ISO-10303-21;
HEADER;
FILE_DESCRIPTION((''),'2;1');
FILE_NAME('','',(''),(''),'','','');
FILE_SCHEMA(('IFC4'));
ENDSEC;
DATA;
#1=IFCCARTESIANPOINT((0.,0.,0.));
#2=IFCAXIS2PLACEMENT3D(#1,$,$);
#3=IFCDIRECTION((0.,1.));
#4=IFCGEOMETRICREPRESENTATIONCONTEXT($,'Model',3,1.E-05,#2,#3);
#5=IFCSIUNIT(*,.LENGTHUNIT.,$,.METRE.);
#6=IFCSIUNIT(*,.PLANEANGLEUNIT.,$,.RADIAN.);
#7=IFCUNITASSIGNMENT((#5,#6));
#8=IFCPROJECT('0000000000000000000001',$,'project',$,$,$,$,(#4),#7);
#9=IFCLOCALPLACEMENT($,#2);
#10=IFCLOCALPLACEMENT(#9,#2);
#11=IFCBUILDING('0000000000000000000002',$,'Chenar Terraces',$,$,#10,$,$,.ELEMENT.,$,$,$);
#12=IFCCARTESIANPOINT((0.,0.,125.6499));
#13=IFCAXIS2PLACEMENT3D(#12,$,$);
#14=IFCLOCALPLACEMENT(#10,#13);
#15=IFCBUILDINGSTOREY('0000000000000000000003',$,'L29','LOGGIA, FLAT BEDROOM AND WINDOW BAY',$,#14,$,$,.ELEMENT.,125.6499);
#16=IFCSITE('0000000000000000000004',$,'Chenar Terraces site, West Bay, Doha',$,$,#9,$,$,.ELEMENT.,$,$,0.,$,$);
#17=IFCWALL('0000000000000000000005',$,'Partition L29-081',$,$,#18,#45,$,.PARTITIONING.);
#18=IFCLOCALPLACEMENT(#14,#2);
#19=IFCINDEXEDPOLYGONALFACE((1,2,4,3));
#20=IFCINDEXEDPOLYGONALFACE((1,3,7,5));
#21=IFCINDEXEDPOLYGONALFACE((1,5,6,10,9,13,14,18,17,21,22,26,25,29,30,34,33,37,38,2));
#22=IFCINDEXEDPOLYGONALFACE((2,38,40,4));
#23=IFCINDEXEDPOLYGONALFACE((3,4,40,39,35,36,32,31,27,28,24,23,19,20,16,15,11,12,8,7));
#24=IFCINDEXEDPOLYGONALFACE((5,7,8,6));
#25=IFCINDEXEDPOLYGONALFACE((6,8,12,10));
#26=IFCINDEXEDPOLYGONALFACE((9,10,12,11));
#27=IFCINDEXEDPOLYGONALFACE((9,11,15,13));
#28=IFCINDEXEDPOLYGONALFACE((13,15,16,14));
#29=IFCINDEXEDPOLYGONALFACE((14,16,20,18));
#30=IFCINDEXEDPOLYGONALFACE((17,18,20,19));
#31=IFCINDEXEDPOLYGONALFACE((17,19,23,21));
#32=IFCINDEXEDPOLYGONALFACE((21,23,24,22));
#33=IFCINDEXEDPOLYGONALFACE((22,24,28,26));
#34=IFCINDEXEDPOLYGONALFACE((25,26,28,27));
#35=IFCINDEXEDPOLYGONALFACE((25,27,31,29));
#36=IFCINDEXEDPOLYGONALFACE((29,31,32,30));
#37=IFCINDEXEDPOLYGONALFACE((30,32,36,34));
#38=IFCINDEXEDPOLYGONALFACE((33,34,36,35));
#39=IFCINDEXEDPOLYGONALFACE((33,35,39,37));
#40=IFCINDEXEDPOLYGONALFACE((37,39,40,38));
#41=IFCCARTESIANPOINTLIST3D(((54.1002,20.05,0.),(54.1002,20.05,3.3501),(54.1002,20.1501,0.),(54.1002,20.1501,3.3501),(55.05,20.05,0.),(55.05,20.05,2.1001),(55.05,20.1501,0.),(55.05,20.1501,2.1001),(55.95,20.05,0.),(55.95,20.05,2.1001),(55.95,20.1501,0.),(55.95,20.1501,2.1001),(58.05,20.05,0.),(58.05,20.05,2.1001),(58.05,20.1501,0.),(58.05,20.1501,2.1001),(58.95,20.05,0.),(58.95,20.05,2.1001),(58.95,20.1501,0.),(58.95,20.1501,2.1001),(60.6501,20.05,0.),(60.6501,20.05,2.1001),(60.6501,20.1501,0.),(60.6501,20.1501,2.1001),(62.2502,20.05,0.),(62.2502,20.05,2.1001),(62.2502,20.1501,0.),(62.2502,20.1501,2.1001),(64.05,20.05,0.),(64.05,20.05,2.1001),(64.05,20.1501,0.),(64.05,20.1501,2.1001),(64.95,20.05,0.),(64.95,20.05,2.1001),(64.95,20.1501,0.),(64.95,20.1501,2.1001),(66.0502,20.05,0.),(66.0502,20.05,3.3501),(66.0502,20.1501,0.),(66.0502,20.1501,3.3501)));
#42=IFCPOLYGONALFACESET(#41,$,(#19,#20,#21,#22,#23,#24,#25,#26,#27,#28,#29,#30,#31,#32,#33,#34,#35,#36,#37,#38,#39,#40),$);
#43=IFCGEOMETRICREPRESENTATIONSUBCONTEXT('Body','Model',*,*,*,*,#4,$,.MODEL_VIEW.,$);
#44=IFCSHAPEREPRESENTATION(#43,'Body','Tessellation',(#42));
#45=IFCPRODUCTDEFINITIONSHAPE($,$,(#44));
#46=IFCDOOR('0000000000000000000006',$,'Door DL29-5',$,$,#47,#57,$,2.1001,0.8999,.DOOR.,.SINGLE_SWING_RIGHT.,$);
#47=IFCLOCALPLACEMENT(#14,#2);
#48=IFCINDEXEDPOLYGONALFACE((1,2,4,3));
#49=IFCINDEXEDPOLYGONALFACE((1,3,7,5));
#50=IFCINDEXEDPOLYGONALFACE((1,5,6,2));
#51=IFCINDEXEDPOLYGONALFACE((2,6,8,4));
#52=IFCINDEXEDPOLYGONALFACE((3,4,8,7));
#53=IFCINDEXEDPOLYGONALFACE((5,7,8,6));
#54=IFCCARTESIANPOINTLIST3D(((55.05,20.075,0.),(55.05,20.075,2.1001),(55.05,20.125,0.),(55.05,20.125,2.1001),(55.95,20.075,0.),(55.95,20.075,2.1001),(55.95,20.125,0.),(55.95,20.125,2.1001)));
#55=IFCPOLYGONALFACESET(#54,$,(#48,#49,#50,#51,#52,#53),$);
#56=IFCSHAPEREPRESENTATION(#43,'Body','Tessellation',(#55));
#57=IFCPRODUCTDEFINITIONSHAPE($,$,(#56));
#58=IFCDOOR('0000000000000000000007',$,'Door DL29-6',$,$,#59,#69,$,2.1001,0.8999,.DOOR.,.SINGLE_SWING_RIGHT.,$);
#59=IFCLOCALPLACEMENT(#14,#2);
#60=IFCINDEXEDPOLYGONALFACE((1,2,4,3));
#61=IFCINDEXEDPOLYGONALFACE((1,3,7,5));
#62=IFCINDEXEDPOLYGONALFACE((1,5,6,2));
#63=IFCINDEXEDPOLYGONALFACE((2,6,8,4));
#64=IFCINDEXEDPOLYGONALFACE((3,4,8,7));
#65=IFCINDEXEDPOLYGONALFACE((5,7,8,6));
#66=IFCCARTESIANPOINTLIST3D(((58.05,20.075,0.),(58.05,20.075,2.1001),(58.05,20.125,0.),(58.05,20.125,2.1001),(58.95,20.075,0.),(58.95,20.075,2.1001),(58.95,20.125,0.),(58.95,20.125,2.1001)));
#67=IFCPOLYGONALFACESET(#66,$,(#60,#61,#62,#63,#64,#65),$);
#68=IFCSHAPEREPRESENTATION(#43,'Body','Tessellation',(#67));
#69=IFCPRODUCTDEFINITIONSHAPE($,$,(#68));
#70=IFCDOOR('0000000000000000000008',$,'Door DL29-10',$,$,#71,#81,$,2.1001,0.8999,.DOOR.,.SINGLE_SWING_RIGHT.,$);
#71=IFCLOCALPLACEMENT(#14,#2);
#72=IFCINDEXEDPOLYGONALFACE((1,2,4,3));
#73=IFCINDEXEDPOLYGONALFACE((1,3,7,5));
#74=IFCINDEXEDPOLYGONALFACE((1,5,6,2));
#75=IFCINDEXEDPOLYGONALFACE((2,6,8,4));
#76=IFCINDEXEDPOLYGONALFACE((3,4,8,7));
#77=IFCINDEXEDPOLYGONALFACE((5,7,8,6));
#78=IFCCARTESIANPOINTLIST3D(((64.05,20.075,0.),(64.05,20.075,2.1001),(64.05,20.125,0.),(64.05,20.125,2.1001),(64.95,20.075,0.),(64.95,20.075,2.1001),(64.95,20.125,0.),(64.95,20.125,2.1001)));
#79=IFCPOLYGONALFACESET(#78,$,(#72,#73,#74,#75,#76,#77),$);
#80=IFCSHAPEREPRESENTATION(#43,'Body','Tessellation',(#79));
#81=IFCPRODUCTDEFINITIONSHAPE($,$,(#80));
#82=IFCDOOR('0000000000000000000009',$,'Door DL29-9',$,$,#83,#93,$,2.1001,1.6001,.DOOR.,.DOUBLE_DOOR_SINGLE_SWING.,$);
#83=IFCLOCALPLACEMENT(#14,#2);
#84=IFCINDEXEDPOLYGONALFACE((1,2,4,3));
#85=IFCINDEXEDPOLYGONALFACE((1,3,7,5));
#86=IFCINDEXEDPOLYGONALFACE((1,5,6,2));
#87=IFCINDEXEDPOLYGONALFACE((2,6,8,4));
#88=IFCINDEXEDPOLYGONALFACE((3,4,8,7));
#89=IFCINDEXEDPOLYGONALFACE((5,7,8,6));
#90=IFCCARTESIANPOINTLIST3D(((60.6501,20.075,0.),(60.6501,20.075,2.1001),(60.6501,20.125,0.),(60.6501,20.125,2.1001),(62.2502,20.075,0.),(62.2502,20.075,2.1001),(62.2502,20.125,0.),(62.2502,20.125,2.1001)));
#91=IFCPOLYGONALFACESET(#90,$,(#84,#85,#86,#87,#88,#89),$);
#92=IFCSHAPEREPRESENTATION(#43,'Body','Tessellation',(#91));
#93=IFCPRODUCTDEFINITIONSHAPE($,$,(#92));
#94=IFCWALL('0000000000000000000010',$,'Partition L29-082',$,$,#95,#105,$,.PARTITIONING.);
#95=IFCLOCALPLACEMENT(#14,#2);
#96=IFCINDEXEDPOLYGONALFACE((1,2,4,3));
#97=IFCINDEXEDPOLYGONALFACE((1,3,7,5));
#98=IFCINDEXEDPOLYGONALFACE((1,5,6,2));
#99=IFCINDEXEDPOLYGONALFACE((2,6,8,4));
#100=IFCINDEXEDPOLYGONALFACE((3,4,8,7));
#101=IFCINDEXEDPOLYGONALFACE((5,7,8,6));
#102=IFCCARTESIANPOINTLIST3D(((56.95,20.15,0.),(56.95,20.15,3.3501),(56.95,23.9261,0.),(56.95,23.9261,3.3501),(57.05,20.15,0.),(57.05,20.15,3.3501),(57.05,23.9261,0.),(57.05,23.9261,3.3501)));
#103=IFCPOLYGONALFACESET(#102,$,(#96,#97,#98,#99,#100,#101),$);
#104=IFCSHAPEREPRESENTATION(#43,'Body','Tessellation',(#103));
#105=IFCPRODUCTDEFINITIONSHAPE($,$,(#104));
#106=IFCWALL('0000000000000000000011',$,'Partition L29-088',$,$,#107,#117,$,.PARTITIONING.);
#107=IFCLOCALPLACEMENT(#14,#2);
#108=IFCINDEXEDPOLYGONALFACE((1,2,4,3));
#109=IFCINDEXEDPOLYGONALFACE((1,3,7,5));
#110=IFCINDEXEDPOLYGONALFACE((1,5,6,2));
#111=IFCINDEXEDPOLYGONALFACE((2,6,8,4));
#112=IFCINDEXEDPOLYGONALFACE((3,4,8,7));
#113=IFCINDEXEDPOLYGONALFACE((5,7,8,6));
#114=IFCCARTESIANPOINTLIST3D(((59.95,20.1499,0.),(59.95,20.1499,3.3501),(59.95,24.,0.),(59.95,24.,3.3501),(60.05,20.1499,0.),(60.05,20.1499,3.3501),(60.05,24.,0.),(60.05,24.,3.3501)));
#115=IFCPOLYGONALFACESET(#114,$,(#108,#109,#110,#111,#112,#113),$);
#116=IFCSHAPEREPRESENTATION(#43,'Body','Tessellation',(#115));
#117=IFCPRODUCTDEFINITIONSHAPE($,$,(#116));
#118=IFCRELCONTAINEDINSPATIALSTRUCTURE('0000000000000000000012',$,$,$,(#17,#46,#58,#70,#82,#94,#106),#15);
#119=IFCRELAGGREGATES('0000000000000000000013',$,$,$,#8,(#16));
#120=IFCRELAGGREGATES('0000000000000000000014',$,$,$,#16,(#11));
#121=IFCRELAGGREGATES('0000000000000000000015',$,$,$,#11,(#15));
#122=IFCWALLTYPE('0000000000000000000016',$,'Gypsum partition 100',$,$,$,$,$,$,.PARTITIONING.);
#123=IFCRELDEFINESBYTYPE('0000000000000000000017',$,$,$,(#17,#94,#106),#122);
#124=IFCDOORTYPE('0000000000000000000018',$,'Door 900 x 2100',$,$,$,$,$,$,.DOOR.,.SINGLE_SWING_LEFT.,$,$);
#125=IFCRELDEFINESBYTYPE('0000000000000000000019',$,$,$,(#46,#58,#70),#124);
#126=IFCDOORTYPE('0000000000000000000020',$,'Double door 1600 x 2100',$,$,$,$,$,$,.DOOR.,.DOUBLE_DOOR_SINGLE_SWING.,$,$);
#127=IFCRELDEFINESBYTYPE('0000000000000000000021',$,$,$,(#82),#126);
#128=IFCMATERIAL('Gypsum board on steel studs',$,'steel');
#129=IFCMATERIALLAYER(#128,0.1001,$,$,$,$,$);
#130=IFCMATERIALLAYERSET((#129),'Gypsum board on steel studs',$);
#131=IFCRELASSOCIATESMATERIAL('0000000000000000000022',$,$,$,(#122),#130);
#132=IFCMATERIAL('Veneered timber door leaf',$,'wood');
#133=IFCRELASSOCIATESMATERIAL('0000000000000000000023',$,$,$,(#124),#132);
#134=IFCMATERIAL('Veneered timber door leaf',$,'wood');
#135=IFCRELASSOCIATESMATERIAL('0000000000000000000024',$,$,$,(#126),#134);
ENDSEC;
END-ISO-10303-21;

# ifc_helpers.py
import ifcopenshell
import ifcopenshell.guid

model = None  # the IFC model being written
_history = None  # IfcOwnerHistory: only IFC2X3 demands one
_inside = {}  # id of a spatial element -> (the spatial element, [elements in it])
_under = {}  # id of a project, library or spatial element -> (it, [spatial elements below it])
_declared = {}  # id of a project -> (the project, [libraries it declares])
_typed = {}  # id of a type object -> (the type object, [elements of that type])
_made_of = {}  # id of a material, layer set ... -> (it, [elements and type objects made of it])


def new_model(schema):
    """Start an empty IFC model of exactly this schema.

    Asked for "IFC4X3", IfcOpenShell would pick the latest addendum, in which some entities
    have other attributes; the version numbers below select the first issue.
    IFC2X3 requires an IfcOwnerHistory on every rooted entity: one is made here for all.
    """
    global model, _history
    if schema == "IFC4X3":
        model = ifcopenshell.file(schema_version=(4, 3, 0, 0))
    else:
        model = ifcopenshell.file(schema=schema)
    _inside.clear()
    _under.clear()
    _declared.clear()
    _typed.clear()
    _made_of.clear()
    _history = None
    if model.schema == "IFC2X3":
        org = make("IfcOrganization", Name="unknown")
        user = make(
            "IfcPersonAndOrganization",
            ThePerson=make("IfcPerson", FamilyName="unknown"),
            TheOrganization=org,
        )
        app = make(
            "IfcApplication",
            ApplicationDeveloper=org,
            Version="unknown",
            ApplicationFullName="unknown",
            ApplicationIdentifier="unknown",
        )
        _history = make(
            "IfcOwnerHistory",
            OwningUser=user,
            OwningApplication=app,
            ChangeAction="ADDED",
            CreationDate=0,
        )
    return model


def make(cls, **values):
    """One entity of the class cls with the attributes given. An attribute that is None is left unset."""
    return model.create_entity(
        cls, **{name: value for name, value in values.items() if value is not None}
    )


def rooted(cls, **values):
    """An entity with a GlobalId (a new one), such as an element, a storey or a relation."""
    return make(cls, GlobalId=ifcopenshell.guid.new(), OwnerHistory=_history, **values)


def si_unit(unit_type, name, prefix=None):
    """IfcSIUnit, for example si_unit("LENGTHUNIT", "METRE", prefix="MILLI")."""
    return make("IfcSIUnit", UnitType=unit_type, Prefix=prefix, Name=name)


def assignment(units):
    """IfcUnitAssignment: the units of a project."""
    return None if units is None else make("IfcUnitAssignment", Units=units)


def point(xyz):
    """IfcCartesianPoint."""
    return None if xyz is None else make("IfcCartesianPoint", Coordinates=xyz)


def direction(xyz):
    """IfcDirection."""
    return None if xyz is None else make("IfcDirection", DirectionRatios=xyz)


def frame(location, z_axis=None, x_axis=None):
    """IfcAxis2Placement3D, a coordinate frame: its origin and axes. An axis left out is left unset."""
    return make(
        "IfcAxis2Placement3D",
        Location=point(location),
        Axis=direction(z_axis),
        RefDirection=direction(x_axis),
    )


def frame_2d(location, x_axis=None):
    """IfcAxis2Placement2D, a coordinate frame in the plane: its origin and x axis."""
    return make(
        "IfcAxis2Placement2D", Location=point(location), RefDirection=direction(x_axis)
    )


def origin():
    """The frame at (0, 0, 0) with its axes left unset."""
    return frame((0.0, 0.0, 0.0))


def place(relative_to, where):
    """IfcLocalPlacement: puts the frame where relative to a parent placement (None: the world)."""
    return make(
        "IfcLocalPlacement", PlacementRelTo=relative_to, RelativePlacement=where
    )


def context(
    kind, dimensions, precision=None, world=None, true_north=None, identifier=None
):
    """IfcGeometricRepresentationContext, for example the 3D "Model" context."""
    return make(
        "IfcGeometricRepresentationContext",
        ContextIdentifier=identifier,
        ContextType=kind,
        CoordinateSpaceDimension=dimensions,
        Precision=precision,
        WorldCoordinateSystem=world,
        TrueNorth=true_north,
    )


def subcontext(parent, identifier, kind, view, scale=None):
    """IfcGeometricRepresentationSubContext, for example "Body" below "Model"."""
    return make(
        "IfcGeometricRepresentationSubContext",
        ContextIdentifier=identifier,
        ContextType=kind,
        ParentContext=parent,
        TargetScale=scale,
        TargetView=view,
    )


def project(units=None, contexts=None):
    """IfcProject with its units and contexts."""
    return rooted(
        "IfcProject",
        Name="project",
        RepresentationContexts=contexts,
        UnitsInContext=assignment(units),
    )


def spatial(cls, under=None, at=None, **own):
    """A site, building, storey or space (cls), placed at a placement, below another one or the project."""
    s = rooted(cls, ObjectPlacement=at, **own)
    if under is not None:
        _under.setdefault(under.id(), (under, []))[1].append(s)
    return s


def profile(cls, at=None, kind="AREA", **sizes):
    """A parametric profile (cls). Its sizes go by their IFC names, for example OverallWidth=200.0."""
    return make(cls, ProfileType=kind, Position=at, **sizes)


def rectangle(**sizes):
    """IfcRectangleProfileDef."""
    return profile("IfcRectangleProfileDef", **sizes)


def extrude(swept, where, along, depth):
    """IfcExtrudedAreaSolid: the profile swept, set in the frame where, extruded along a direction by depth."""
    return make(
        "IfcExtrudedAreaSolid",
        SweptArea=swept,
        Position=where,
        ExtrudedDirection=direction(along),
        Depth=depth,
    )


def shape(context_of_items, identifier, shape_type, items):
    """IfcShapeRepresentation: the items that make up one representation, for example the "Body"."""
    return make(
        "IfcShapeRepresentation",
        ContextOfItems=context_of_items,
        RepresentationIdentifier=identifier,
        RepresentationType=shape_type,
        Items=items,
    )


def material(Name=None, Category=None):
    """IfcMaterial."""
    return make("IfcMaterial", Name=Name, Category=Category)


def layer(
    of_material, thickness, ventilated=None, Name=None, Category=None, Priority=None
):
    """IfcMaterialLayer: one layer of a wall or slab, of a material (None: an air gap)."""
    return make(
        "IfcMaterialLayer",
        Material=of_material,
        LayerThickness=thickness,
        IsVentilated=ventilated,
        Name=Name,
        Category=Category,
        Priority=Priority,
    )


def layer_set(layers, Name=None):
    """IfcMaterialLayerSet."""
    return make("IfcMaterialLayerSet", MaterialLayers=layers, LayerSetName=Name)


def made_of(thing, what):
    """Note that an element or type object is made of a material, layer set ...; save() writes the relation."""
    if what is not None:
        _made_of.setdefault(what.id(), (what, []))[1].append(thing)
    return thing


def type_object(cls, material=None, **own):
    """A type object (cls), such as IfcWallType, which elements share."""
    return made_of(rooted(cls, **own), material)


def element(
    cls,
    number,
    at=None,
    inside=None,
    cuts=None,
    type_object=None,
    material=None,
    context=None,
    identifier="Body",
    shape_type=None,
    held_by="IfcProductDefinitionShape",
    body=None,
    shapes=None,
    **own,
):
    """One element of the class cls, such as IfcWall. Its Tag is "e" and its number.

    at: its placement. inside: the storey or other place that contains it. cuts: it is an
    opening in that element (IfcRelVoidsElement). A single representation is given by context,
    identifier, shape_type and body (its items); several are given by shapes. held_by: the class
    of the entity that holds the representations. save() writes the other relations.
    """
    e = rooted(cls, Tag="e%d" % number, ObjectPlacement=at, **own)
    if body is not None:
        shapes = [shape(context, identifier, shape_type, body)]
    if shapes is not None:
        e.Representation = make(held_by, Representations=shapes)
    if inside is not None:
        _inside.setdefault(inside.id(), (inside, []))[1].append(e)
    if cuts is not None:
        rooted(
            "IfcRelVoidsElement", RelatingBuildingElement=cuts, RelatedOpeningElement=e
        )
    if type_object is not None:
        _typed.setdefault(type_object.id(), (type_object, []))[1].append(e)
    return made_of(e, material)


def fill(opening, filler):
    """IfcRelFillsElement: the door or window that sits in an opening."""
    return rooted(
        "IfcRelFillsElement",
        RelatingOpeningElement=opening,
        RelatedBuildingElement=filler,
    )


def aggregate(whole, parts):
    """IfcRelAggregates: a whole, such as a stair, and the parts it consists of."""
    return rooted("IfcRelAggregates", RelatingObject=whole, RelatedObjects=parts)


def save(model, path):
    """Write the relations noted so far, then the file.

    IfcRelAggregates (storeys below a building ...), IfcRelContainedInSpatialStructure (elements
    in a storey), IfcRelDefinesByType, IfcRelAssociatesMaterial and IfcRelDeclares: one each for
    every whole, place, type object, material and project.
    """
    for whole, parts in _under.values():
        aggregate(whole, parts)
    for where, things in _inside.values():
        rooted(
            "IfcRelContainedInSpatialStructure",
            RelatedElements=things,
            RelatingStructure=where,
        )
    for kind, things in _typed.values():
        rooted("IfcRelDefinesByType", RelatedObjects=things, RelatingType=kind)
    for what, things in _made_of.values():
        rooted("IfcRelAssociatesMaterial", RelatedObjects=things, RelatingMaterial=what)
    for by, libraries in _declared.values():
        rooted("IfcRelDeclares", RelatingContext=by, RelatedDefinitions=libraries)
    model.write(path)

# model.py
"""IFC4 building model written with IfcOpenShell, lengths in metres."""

from ifc_helpers import new_model, si_unit, direction, frame, frame_2d, origin, place, context, subcontext, project, spatial, rectangle, extrude, material, layer, layer_set, type_object, element, fill, save


model = new_model("IFC4")

# Units and contexts
model_context = context("Model", 3, precision=1e-05, world=origin(), true_north=direction((0.0, 1.0)))
body_context = subcontext(model_context, "Body", "Model", "MODEL_VIEW")
ifc_project = project(units=[si_unit("LENGTHUNIT", "METRE"), si_unit("PLANEANGLEUNIT", "RADIAN")], contexts=[model_context])

# Site, building, storey
site_placement = place(None, origin())
site = spatial("IfcSite", under=ifc_project, at=site_placement, Name="Chenar Terraces site, West Bay, Doha", CompositionType="ELEMENT", RefElevation=0.0)
building_placement = place(site_placement, origin())
building = spatial("IfcBuilding", under=site, at=building_placement, Name="Chenar Terraces", CompositionType="ELEMENT")
storey_placement = place(building_placement, frame((0.0, 0.0, 125.6499)))
storey = spatial("IfcBuildingStorey", under=building, at=storey_placement, Name="L29", Description="LOGGIA, FLAT BEDROOM AND WINDOW BAY", CompositionType="ELEMENT", Elevation=125.6499)

# Wall, openings, doors
ifc_material_1 = material(Name="Gypsum board on steel studs", Category="steel")
ifc_layer_1 = layer(ifc_material_1, 0.1001)
ifc_layer_set_1 = layer_set([ifc_layer_1], Name="Gypsum board on steel studs")
wall_type_1 = type_object("IfcWallType", Name="Gypsum partition 100", PredefinedType="PARTITIONING", material=ifc_layer_set_1)
wall_1_placement = place(storey_placement, frame((54.1001, 20.1001, 0.0), z_axis=(0.0, 0.0, 1.0), x_axis=(1.0, 0.0, 0.0)))
wall_1 = element("IfcWall", 1, at=wall_1_placement, inside=storey, type_object=wall_type_1, Name="Partition L29-081", PredefinedType="PARTITIONING", context=body_context, shape_type="SweptSolid", body=[
    extrude(rectangle(XDim=11.95, YDim=0.1001, at=frame_2d((5.9751, 0.0))), origin(), (0.0, 0.0, 1.0), 3.3501),
])
opening_1_placement = place(wall_1_placement, frame((0.95, 0.0, 0.0)))
opening_1 = element("IfcOpeningElement", 2, at=opening_1_placement, cuts=wall_1, PredefinedType="OPENING", context=body_context, shape_type="SweptSolid", body=[
    extrude(rectangle(XDim=0.8999, YDim=2.1001, at=frame_2d((0.45, 1.05))), frame((0.0, 0.0601, 0.0), z_axis=(0.0, -1.0, 0.0), x_axis=(1.0, 0.0, 0.0)), (0.0, 0.0, 1.0), 0.1201),
])
opening_2_placement = place(wall_1_placement, frame((3.95, 0.0, 0.0)))
opening_2 = element("IfcOpeningElement", 3, at=opening_2_placement, cuts=wall_1, PredefinedType="OPENING", context=body_context, shape_type="SweptSolid", body=[
    extrude(rectangle(XDim=0.8999, YDim=2.1001, at=frame_2d((0.45, 1.05))), frame((0.0, 0.0601, 0.0), z_axis=(0.0, -1.0, 0.0), x_axis=(1.0, 0.0, 0.0)), (0.0, 0.0, 1.0), 0.1201),
])
opening_3_placement = place(wall_1_placement, frame((6.55, 0.0, 0.0)))
opening_3 = element("IfcOpeningElement", 4, at=opening_3_placement, cuts=wall_1, PredefinedType="OPENING", context=body_context, shape_type="SweptSolid", body=[
    extrude(rectangle(XDim=1.6001, YDim=2.1001, at=frame_2d((0.8, 1.05))), frame((0.0, 0.0601, 0.0), z_axis=(0.0, -1.0, 0.0), x_axis=(1.0, 0.0, 0.0)), (0.0, 0.0, 1.0), 0.1201),
])
opening_4_placement = place(wall_1_placement, frame((9.95, 0.0, 0.0)))
opening_4 = element("IfcOpeningElement", 5, at=opening_4_placement, cuts=wall_1, PredefinedType="OPENING", context=body_context, shape_type="SweptSolid", body=[
    extrude(rectangle(XDim=0.8999, YDim=2.1001, at=frame_2d((0.45, 1.05))), frame((0.0, 0.0601, 0.0), z_axis=(0.0, -1.0, 0.0), x_axis=(1.0, 0.0, 0.0)), (0.0, 0.0, 1.0), 0.1201),
])
ifc_material_2 = material(Name="Veneered timber door leaf", Category="wood")
door_type_1 = type_object("IfcDoorType", Name="Door 900 x 2100", OperationType="SINGLE_SWING_LEFT", PredefinedType="DOOR", material=ifc_material_2)
door_1_placement = place(opening_1_placement, origin())
door_1 = element("IfcDoor", 6, at=door_1_placement, inside=storey, type_object=door_type_1, Name="Door DL29-5", OperationType="SINGLE_SWING_RIGHT", OverallHeight=2.1001, OverallWidth=0.8999, PredefinedType="DOOR", context=body_context, shape_type="SweptSolid", body=[
    extrude(rectangle(XDim=0.8999, YDim=2.1001, at=frame_2d((0.45, 1.05))), frame((0.0, 0.0249, 0.0), z_axis=(0.0, -1.0, 0.0), x_axis=(1.0, 0.0, 0.0)), (0.0, 0.0, 1.0), 0.05),
])
fill(opening_1, door_1)
door_2_placement = place(opening_2_placement, origin())
door_2 = element("IfcDoor", 7, at=door_2_placement, inside=storey, type_object=door_type_1, Name="Door DL29-6", OperationType="SINGLE_SWING_RIGHT", OverallHeight=2.1001, OverallWidth=0.8999, PredefinedType="DOOR", context=body_context, shape_type="SweptSolid", body=[
    extrude(rectangle(XDim=0.8999, YDim=2.1001, at=frame_2d((0.45, 1.05))), frame((0.0, 0.0249, 0.0), z_axis=(0.0, -1.0, 0.0), x_axis=(1.0, 0.0, 0.0)), (0.0, 0.0, 1.0), 0.05),
])
fill(opening_2, door_2)
door_3_placement = place(opening_4_placement, origin())
door_3 = element("IfcDoor", 8, at=door_3_placement, inside=storey, type_object=door_type_1, Name="Door DL29-10", OperationType="SINGLE_SWING_RIGHT", OverallHeight=2.1001, OverallWidth=0.8999, PredefinedType="DOOR", context=body_context, shape_type="SweptSolid", body=[
    extrude(rectangle(XDim=0.8999, YDim=2.1001, at=frame_2d((0.45, 1.05))), frame((0.0, 0.0249, 0.0), z_axis=(0.0, -1.0, 0.0), x_axis=(1.0, 0.0, 0.0)), (0.0, 0.0, 1.0), 0.05),
])
fill(opening_4, door_3)
ifc_material_3 = material(Name="Veneered timber door leaf", Category="wood")
door_type_2 = type_object("IfcDoorType", Name="Double door 1600 x 2100", OperationType="DOUBLE_DOOR_SINGLE_SWING", PredefinedType="DOOR", material=ifc_material_3)
door_4_placement = place(opening_3_placement, origin())
door_4 = element("IfcDoor", 9, at=door_4_placement, inside=storey, type_object=door_type_2, Name="Door DL29-9", OperationType="DOUBLE_DOOR_SINGLE_SWING", OverallHeight=2.1001, OverallWidth=1.6001, PredefinedType="DOOR", context=body_context, shape_type="SweptSolid", body=[
    extrude(rectangle(XDim=1.6001, YDim=2.1001, at=frame_2d((0.8, 1.05))), frame((0.0, 0.0249, 0.0), z_axis=(0.0, -1.0, 0.0), x_axis=(1.0, 0.0, 0.0)), (0.0, 0.0, 1.0), 0.05),
])
fill(opening_3, door_4)

# Walls
wall_2_placement = place(storey_placement, frame((57.0, 20.1499, 0.0), z_axis=(0.0, 0.0, 1.0), x_axis=(0.0, 1.0, 0.0)))
element("IfcWall", 10, at=wall_2_placement, inside=storey, type_object=wall_type_1, Name="Partition L29-082", PredefinedType="PARTITIONING", context=body_context, shape_type="SweptSolid", body=[
    extrude(rectangle(XDim=3.7761, YDim=0.1001, at=frame_2d((1.8882, 0.0))), origin(), (0.0, 0.0, 1.0), 3.3501),
])
wall_3_placement = place(storey_placement, frame((60.0, 20.1499, 0.0), z_axis=(0.0, 0.0, 1.0), x_axis=(0.0, 1.0, 0.0)))
element("IfcWall", 11, at=wall_3_placement, inside=storey, type_object=wall_type_1, Name="Partition L29-088", PredefinedType="PARTITIONING", context=body_context, shape_type="SweptSolid", body=[
    extrude(rectangle(XDim=3.8501, YDim=0.1001, at=frame_2d((1.925, 0.0))), origin(), (0.0, 0.0, 1.0), 3.3501),
])

save(model, "model.ifc")
